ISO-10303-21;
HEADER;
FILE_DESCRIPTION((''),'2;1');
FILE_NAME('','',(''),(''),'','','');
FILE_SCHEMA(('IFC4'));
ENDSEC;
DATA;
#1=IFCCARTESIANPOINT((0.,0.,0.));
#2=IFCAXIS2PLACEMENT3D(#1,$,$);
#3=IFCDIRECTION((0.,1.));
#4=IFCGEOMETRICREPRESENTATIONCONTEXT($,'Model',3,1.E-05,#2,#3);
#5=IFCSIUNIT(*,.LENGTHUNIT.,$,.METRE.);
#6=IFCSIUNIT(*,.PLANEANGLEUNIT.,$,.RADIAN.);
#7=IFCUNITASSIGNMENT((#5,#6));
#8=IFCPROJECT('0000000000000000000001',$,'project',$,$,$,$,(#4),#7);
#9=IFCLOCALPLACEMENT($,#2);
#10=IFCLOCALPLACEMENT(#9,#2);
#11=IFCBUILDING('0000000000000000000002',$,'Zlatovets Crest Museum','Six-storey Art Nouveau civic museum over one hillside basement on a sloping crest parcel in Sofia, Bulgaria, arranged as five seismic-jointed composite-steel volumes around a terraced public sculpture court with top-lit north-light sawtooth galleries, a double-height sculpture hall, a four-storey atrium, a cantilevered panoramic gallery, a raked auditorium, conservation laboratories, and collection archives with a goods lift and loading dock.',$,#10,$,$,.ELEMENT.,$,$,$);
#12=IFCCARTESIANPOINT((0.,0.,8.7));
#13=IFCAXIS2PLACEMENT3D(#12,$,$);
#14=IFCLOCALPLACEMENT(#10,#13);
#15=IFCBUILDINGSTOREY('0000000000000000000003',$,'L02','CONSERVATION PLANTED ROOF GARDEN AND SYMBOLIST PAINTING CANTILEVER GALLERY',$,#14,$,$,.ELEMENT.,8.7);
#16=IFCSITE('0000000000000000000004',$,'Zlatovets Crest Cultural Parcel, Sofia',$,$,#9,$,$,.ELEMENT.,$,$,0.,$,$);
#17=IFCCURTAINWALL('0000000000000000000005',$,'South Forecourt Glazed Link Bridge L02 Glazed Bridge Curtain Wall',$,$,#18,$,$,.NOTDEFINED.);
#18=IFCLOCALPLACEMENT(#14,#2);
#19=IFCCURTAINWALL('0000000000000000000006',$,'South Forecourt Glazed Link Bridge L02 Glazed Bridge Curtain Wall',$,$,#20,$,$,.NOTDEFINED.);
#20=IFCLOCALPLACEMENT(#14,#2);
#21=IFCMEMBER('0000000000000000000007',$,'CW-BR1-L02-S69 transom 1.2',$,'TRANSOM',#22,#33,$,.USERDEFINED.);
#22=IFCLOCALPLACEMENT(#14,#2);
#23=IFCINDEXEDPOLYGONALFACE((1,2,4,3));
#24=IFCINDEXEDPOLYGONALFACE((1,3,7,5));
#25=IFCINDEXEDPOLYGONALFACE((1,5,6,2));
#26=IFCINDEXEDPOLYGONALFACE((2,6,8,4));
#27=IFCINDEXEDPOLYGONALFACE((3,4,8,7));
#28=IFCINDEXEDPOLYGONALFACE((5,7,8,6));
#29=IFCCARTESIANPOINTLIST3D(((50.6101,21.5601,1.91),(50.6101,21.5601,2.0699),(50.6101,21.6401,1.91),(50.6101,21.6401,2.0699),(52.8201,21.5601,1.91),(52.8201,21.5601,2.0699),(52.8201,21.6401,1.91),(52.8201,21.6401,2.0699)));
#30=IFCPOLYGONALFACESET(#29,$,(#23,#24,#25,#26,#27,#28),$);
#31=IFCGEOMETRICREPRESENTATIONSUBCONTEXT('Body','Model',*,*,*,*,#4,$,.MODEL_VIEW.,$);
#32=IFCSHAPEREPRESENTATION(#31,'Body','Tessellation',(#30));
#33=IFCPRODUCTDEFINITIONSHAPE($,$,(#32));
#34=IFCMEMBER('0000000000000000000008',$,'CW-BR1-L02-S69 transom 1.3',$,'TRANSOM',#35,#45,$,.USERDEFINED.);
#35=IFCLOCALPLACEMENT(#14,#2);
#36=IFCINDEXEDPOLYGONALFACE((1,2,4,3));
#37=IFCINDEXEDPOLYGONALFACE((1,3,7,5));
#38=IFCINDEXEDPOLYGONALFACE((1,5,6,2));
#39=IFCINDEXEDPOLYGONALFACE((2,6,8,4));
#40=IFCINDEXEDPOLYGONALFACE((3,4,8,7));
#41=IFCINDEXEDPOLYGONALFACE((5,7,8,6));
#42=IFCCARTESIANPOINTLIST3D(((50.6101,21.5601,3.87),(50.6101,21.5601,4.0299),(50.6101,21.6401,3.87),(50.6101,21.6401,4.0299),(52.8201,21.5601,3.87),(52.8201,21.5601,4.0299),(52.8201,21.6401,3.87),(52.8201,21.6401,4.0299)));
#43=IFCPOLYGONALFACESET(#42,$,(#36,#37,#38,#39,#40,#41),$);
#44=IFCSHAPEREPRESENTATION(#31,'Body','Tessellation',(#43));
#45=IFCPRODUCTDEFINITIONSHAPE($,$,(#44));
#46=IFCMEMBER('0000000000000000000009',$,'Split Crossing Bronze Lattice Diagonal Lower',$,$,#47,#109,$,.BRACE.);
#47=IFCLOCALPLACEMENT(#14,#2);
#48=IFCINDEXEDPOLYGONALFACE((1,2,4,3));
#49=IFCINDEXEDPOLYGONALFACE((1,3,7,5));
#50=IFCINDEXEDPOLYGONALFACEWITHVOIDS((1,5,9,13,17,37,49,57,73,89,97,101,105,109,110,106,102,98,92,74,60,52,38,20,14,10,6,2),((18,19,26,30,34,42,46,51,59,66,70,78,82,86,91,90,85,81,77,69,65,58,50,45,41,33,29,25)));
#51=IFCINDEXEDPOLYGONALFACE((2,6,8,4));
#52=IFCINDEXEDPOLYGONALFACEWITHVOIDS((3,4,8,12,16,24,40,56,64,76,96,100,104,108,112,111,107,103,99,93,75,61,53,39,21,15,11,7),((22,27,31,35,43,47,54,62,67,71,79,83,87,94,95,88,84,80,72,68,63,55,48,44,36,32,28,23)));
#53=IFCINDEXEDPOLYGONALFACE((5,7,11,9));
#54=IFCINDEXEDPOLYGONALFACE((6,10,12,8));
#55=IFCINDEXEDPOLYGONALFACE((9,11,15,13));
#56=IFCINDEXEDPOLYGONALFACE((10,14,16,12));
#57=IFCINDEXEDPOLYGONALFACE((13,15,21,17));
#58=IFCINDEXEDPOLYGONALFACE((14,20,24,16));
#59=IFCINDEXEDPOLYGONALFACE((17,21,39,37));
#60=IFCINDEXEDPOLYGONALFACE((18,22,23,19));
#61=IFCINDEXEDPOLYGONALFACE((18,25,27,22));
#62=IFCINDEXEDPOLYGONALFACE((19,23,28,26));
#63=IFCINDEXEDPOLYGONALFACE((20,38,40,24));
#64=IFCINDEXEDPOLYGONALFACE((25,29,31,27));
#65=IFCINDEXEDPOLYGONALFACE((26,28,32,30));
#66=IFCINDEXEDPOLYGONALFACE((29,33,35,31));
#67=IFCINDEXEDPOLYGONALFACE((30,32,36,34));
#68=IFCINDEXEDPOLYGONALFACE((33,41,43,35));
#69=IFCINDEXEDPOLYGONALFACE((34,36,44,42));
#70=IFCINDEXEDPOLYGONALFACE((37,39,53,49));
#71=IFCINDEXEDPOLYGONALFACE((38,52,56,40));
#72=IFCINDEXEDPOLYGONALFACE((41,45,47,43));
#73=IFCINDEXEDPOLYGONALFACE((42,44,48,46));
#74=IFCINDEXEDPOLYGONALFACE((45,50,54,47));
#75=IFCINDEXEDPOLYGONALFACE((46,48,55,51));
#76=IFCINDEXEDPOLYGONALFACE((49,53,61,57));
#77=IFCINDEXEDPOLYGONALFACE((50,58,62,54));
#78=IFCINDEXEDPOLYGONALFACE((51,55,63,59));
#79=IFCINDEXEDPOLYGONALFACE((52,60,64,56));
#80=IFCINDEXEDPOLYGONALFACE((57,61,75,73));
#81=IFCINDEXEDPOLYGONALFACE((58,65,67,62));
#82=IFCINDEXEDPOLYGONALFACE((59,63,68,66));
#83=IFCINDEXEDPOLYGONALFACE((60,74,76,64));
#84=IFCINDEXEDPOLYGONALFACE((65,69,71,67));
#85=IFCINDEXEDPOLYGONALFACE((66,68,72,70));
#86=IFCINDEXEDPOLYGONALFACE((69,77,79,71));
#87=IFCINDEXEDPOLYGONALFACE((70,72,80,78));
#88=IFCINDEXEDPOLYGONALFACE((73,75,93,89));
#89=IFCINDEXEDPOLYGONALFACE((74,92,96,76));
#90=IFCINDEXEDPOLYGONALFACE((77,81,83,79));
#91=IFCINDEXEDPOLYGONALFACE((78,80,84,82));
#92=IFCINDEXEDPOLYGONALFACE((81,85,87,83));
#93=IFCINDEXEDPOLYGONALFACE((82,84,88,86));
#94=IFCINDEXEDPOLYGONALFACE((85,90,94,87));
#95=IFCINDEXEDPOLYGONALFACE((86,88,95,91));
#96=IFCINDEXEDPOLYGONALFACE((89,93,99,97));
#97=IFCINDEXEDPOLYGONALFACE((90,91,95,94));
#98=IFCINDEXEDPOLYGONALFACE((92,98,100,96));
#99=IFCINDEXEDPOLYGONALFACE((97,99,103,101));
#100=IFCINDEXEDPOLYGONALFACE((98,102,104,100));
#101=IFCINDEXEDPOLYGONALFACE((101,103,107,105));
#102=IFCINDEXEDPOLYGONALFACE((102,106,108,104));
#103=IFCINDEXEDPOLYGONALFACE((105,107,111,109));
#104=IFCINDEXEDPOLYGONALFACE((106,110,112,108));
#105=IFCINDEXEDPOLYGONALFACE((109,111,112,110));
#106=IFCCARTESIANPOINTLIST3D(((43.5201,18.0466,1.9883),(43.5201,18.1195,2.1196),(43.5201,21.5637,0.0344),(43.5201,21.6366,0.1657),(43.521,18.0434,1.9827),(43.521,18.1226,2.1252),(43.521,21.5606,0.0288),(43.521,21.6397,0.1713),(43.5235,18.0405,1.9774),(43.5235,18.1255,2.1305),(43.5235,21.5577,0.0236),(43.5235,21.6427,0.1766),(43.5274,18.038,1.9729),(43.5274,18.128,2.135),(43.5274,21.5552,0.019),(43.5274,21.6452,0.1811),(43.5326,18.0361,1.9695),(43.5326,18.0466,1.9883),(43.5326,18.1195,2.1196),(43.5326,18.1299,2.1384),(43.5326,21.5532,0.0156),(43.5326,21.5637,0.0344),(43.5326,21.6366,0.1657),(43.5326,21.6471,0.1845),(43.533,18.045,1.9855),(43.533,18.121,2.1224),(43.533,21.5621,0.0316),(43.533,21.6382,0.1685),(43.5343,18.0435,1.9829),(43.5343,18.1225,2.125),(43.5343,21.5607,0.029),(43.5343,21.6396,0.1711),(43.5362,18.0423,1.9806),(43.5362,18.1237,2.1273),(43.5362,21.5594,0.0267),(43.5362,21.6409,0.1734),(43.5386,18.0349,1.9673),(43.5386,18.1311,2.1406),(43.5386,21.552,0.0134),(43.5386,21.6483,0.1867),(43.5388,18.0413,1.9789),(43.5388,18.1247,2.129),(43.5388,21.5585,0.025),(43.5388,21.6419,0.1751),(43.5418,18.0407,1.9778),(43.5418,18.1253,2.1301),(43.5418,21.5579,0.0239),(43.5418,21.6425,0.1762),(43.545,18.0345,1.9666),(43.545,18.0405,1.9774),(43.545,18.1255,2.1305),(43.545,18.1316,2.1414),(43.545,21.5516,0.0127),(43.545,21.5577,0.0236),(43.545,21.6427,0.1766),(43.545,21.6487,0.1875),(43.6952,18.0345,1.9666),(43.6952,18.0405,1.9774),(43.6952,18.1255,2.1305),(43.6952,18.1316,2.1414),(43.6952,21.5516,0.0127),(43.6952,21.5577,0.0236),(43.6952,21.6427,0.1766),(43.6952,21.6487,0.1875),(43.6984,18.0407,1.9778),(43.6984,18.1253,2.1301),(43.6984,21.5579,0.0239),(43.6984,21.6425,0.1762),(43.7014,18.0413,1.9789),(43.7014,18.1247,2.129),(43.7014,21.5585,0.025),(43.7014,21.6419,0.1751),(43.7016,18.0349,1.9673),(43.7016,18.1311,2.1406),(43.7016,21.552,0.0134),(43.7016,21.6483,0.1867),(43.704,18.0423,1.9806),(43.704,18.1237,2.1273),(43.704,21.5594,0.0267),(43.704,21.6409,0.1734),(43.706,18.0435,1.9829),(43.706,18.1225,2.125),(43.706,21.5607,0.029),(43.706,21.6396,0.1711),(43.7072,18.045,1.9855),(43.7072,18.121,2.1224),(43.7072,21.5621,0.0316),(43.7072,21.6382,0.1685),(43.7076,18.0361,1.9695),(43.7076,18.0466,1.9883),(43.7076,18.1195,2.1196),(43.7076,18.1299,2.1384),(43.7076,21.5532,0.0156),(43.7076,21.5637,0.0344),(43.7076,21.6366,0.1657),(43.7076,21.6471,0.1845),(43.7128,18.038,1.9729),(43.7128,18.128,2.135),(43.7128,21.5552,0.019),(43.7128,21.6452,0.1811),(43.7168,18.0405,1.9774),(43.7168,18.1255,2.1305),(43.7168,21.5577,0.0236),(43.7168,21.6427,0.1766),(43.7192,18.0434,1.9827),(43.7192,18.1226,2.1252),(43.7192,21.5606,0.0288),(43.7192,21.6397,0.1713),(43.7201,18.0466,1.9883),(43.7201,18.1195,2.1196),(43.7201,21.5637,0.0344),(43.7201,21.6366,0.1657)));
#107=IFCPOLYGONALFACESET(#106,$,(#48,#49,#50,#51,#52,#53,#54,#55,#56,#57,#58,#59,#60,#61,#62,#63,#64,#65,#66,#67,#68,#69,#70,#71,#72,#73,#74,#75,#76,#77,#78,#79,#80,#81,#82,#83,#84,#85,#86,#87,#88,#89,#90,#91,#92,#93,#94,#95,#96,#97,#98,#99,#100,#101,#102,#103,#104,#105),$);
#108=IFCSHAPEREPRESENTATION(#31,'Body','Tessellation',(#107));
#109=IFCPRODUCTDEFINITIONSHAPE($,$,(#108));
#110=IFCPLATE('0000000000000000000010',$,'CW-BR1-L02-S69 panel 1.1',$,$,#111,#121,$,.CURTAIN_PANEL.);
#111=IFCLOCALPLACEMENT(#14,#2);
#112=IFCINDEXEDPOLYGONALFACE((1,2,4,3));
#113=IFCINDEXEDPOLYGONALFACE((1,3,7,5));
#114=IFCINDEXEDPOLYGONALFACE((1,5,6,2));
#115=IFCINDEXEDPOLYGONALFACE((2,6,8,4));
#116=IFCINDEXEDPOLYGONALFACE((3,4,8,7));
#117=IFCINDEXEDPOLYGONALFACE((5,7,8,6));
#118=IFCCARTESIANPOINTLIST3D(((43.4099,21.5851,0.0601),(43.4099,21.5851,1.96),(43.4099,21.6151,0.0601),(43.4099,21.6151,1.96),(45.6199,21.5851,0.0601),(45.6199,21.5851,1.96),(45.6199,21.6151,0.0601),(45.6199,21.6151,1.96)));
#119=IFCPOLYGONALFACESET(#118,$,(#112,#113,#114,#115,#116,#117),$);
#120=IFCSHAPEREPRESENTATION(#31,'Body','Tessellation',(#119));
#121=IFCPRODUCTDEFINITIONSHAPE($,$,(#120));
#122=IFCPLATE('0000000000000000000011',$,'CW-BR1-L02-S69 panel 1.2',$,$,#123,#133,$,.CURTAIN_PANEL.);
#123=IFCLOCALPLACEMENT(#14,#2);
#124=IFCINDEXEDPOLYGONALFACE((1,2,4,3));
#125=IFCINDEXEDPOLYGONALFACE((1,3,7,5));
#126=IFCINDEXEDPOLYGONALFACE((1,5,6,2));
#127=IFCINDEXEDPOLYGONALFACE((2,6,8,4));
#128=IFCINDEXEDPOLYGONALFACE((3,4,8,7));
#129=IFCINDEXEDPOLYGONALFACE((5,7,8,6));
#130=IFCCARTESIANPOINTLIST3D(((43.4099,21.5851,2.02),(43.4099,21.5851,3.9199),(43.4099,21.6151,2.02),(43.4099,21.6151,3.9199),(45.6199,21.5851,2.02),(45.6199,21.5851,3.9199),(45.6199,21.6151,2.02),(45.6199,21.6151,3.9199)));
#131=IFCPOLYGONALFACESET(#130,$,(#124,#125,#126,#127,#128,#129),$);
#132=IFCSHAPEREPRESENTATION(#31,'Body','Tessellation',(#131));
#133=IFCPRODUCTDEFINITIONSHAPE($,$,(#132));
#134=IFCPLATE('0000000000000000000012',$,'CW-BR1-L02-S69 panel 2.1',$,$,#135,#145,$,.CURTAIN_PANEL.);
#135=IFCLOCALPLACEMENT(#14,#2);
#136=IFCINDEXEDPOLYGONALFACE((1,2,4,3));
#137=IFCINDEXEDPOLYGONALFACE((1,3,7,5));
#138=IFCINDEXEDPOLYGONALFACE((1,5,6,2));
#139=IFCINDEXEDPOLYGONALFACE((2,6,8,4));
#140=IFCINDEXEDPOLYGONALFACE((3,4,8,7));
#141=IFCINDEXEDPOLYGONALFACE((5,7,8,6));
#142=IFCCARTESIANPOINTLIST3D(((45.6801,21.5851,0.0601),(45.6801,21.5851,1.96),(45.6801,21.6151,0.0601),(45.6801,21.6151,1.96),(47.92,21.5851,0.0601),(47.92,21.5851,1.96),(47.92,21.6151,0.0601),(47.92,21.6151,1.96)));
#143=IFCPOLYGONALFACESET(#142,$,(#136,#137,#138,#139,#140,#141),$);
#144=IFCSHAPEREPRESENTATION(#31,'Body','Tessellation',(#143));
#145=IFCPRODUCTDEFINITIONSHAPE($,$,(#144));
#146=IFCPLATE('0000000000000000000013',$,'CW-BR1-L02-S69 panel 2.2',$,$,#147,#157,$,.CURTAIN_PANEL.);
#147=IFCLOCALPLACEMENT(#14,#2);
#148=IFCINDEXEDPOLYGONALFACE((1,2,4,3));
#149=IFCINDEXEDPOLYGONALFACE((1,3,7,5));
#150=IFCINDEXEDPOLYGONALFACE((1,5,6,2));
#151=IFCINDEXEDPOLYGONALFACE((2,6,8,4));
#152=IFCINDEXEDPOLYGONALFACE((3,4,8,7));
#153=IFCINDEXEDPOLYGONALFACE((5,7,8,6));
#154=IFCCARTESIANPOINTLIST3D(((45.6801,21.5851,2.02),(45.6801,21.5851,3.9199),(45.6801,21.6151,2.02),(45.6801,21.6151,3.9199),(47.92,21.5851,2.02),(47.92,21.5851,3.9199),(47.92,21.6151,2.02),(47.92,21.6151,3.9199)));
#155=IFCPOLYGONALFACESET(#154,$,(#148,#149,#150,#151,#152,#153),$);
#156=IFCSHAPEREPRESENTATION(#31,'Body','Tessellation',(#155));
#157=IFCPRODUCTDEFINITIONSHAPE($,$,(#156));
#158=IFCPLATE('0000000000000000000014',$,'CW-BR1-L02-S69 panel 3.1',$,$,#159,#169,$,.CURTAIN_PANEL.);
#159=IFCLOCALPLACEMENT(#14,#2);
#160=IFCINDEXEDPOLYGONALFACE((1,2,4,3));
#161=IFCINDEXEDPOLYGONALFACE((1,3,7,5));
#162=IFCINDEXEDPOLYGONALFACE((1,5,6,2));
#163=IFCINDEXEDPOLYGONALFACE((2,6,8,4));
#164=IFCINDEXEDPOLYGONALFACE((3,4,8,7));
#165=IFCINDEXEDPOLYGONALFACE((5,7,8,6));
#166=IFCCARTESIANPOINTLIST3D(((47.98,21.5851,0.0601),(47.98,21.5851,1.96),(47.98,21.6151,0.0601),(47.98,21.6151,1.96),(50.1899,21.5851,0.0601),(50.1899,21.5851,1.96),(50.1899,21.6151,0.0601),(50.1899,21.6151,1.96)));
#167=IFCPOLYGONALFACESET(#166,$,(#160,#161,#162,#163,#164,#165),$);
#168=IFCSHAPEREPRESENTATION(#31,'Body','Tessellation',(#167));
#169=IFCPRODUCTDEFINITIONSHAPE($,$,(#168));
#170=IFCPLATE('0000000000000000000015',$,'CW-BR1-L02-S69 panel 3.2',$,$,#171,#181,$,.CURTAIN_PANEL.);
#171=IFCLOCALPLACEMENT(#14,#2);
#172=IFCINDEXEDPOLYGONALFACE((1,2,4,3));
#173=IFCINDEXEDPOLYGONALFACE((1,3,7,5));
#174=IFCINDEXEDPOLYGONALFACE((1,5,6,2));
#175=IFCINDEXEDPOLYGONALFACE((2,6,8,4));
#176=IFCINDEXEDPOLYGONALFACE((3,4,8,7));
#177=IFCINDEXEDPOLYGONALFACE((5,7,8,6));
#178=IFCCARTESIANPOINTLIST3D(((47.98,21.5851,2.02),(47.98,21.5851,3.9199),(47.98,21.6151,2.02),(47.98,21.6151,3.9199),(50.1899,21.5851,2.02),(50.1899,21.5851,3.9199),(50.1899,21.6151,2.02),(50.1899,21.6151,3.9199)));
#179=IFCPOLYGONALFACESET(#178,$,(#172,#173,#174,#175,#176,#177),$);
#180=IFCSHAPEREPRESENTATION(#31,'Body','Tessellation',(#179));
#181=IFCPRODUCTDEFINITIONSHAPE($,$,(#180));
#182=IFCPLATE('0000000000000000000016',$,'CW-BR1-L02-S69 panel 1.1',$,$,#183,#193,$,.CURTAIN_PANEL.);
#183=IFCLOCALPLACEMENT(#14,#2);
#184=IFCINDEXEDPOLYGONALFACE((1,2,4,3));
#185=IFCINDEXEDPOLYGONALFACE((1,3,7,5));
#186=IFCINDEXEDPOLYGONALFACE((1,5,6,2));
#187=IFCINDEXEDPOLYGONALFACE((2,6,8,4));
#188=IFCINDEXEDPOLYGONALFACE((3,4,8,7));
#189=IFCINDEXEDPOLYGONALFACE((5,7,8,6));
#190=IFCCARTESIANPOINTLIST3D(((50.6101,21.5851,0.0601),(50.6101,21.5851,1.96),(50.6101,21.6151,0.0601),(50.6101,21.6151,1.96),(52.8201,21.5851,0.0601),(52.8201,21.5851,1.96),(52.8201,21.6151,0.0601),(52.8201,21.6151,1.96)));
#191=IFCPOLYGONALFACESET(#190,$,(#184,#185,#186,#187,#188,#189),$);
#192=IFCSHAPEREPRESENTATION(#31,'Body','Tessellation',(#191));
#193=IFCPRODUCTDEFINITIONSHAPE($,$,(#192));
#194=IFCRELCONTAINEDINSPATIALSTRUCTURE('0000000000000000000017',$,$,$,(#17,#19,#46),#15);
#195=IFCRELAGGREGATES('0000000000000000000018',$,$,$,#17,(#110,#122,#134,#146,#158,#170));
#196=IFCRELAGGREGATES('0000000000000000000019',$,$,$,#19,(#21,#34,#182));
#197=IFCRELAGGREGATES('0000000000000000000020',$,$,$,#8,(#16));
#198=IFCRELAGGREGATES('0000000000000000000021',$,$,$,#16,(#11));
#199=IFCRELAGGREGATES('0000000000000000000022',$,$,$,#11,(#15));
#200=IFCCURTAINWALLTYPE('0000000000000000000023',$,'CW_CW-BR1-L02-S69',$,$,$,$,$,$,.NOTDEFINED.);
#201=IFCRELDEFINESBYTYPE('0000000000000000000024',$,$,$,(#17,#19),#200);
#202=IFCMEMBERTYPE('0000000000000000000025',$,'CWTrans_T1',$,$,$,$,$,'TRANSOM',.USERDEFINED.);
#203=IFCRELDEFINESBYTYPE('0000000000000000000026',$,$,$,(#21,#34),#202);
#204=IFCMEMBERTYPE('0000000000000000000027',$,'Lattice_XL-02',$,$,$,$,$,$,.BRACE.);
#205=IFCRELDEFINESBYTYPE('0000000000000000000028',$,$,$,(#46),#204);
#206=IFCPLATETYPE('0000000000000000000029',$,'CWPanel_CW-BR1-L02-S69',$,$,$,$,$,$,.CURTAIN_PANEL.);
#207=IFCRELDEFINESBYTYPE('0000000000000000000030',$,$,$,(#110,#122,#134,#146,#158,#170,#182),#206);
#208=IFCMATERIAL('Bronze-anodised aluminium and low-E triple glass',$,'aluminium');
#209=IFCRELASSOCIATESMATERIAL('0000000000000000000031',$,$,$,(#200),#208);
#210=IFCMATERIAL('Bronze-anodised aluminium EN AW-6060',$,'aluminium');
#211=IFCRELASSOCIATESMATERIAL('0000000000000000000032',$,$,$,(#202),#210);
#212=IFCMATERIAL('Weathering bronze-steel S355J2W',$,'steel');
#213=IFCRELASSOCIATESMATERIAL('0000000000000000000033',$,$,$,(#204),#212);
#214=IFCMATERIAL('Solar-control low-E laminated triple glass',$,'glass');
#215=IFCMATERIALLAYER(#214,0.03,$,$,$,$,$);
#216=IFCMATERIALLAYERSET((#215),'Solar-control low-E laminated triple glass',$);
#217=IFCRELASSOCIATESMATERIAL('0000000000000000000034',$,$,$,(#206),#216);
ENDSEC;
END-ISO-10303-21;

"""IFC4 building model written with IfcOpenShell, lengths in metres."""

from ifc_helpers import new_model, si_unit, direction, frame, origin, origin_2d, place, context, subcontext, project, spatial, rectangle, hollow_rectangle, extrude, material, layer, layer_set, material_profile, profile_set, type_object, element, aggregate, save


model = new_model("IFC4")

# Units and contexts
model_context = context("Model", 3, precision=1e-05, world=origin(), true_north=direction((0.0, 1.0)))
body_context = subcontext(model_context, "Body", "Model", "MODEL_VIEW")
ifc_project = project(units=[si_unit("LENGTHUNIT", "METRE"), si_unit("PLANEANGLEUNIT", "RADIAN")], contexts=[model_context])

# Site, building, storey
site_placement = place(None, origin())
site = spatial("IfcSite", under=ifc_project, at=site_placement, Name="Zlatovets Crest Cultural Parcel, Sofia", CompositionType="ELEMENT", RefElevation=0.0)
building_placement = place(site_placement, origin())
building = spatial("IfcBuilding", under=site, at=building_placement, Name="Zlatovets Crest Museum", Description="Six-storey Art Nouveau civic museum over one hillside basement on a sloping crest parcel in Sofia, Bulgaria, arranged as five seismic-jointed composite-steel volumes around a terraced public sculpture court with top-lit north-light sawtooth galleries, a double-height sculpture hall, a four-storey atrium, a cantilevered panoramic gallery, a raked auditorium, conservation laboratories, and collection archives with a goods lift and loading dock.", CompositionType="ELEMENT")
storey_placement = place(building_placement, frame((0.0, 0.0, 8.7)))
storey = spatial("IfcBuildingStorey", under=building, at=storey_placement, Name="L02", Description="CONSERVATION PLANTED ROOF GARDEN AND SYMBOLIST PAINTING CANTILEVER GALLERY", CompositionType="ELEMENT", Elevation=8.7)

# Curtain wall
ifc_material_1 = material(Name="Bronze-anodised aluminium and low-E triple glass", Category="aluminium")
ifc_material_2 = material(Name="Bronze-anodised aluminium EN AW-6060", Category="aluminium")
curtain_wall_type_1 = type_object("IfcCurtainWallType", Name="CW_CW-BR1-L02-S69", PredefinedType="NOTDEFINED", material=ifc_material_1)
curtain_wall_1_placement = place(storey_placement, origin())
curtain_wall_1 = element("IfcCurtainWall", 1, at=curtain_wall_1_placement, inside=storey, type_object=curtain_wall_type_1, Name="South Forecourt Glazed Link Bridge L02 Glazed Bridge Curtain Wall", PredefinedType="NOTDEFINED")

# Curtain wall
curtain_wall_2_placement = place(storey_placement, origin())
curtain_wall_2 = element("IfcCurtainWall", 2, at=curtain_wall_2_placement, inside=storey, type_object=curtain_wall_type_1, Name="South Forecourt Glazed Link Bridge L02 Glazed Bridge Curtain Wall", PredefinedType="NOTDEFINED")

# Members
ifc_material_profile_1 = material_profile(ifc_material_2, rectangle(XDim=0.0801, YDim=0.1599, at=origin_2d()), Name="ALU 80x160")
ifc_profile_set_1 = profile_set([ifc_material_profile_1], Name="Bronze-anodised aluminium EN AW-6060")
member_type_1 = type_object("IfcMemberType", Name="CWTrans_T1", ElementType="TRANSOM", PredefinedType="USERDEFINED", material=ifc_profile_set_1)
member_1_placement = place(storey_placement, frame((50.6101, 21.6001, 1.99), z_axis=(1.0, 0.0, 0.0), x_axis=(0.0, 1.0, 0.0)))
member_1 = element("IfcMember", 3, at=member_1_placement, type_object=member_type_1, Name="CW-BR1-L02-S69 transom 1.2", ObjectType="TRANSOM", PredefinedType="USERDEFINED", context=body_context, shape_type="SweptSolid", body=[
    extrude(rectangle(XDim=0.0801, YDim=0.1599, at=origin_2d()), origin(), (0.0, 0.0, 1.0), 2.21),
])
member_2_placement = place(storey_placement, frame((50.6101, 21.6001, 3.95), z_axis=(1.0, 0.0, 0.0), x_axis=(0.0, 1.0, 0.0)))
member_2 = element("IfcMember", 4, at=member_2_placement, type_object=member_type_1, Name="CW-BR1-L02-S69 transom 1.3", ObjectType="TRANSOM", PredefinedType="USERDEFINED", context=body_context, shape_type="SweptSolid", body=[
    extrude(rectangle(XDim=0.0801, YDim=0.1599, at=origin_2d()), origin(), (0.0, 0.0, 1.0), 2.21),
])
ifc_material_3 = material(Name="Weathering bronze-steel S355J2W", Category="steel")
ifc_material_profile_2 = material_profile(ifc_material_3, hollow_rectangle(XDim=0.2, YDim=0.2, WallThickness=0.0125, InnerFilletRadius=0.0125, OuterFilletRadius=0.0249, at=origin_2d()), Name="SHS 200x200x12.5")
ifc_profile_set_2 = profile_set([ifc_material_profile_2], Name="Weathering bronze-steel S355J2W")
member_type_2 = type_object("IfcMemberType", Name="Lattice_XL-02", PredefinedType="BRACE", material=ifc_profile_set_2)
member_3_placement = place(storey_placement, frame((43.6201, 18.083, 2.054), z_axis=(0.0, 0.874166, -0.485627), x_axis=(-1.0, 0.0, 0.0)))
element("IfcMember", 5, at=member_3_placement, inside=storey, type_object=member_type_2, Name="Split Crossing Bronze Lattice Diagonal Lower", PredefinedType="BRACE", context=body_context, shape_type="SweptSolid", body=[
    extrude(hollow_rectangle(XDim=0.2, YDim=0.2, WallThickness=0.0125, InnerFilletRadius=0.0125, OuterFilletRadius=0.0249, at=origin_2d()), origin(), (0.0, 0.0, 1.0), 4.0234),
])

# Plates
ifc_material_4 = material(Name="Solar-control low-E laminated triple glass", Category="glass")
ifc_layer_1 = layer(ifc_material_4, 0.03)
ifc_layer_set_1 = layer_set([ifc_layer_1], Name="Solar-control low-E laminated triple glass")
plate_type_1 = type_object("IfcPlateType", Name="CWPanel_CW-BR1-L02-S69", PredefinedType="CURTAIN_PANEL", material=ifc_layer_set_1)
plate_1_placement = place(storey_placement, frame((44.5149, 21.6001, 0.0601), z_axis=(0.0, 0.0, 1.0), x_axis=(1.0, 0.0, 0.0)))
plate_1 = element("IfcPlate", 6, at=plate_1_placement, type_object=plate_type_1, Name="CW-BR1-L02-S69 panel 1.1", PredefinedType="CURTAIN_PANEL", context=body_context, shape_type="SweptSolid", body=[
    extrude(rectangle(XDim=2.21, YDim=0.03, at=origin_2d()), origin(), (0.0, 0.0, 1.0), 1.8999),
])
plate_2_placement = place(storey_placement, frame((44.5149, 21.6001, 2.02), z_axis=(0.0, 0.0, 1.0), x_axis=(1.0, 0.0, 0.0)))
plate_2 = element("IfcPlate", 7, at=plate_2_placement, type_object=plate_type_1, Name="CW-BR1-L02-S69 panel 1.2", PredefinedType="CURTAIN_PANEL", context=body_context, shape_type="SweptSolid", body=[
    extrude(rectangle(XDim=2.21, YDim=0.03, at=origin_2d()), origin(), (0.0, 0.0, 1.0), 1.8999),
])
plate_3_placement = place(storey_placement, frame((46.8, 21.6001, 0.0601), z_axis=(0.0, 0.0, 1.0), x_axis=(1.0, 0.0, 0.0)))
plate_3 = element("IfcPlate", 8, at=plate_3_placement, type_object=plate_type_1, Name="CW-BR1-L02-S69 panel 2.1", PredefinedType="CURTAIN_PANEL", context=body_context, shape_type="SweptSolid", body=[
    extrude(rectangle(XDim=2.24, YDim=0.03, at=origin_2d()), origin(), (0.0, 0.0, 1.0), 1.8999),
])
plate_4_placement = place(storey_placement, frame((46.8, 21.6001, 2.02), z_axis=(0.0, 0.0, 1.0), x_axis=(1.0, 0.0, 0.0)))
plate_4 = element("IfcPlate", 9, at=plate_4_placement, type_object=plate_type_1, Name="CW-BR1-L02-S69 panel 2.2", PredefinedType="CURTAIN_PANEL", context=body_context, shape_type="SweptSolid", body=[
    extrude(rectangle(XDim=2.24, YDim=0.03, at=origin_2d()), origin(), (0.0, 0.0, 1.0), 1.8999),
])
plate_5_placement = place(storey_placement, frame((49.085, 21.6001, 0.0601), z_axis=(0.0, 0.0, 1.0), x_axis=(1.0, 0.0, 0.0)))
plate_5 = element("IfcPlate", 10, at=plate_5_placement, type_object=plate_type_1, Name="CW-BR1-L02-S69 panel 3.1", PredefinedType="CURTAIN_PANEL", context=body_context, shape_type="SweptSolid", body=[
    extrude(rectangle(XDim=2.21, YDim=0.03, at=origin_2d()), origin(), (0.0, 0.0, 1.0), 1.8999),
])
plate_6_placement = place(storey_placement, frame((49.085, 21.6001, 2.02), z_axis=(0.0, 0.0, 1.0), x_axis=(1.0, 0.0, 0.0)))
plate_6 = element("IfcPlate", 11, at=plate_6_placement, type_object=plate_type_1, Name="CW-BR1-L02-S69 panel 3.2", PredefinedType="CURTAIN_PANEL", context=body_context, shape_type="SweptSolid", body=[
    extrude(rectangle(XDim=2.21, YDim=0.03, at=origin_2d()), origin(), (0.0, 0.0, 1.0), 1.8999),
])
aggregate(curtain_wall_1, [plate_1, plate_2, plate_3, plate_4, plate_5, plate_6])
plate_7_placement = place(storey_placement, frame((51.7151, 21.6001, 0.0601), z_axis=(0.0, 0.0, 1.0), x_axis=(1.0, 0.0, 0.0)))
plate_7 = element("IfcPlate", 12, at=plate_7_placement, type_object=plate_type_1, Name="CW-BR1-L02-S69 panel 1.1", PredefinedType="CURTAIN_PANEL", context=body_context, shape_type="SweptSolid", body=[
    extrude(rectangle(XDim=2.21, YDim=0.03, at=origin_2d()), origin(), (0.0, 0.0, 1.0), 1.8999),
])
aggregate(curtain_wall_2, [member_1, member_2, plate_7])

save(model, "model.ifc")
